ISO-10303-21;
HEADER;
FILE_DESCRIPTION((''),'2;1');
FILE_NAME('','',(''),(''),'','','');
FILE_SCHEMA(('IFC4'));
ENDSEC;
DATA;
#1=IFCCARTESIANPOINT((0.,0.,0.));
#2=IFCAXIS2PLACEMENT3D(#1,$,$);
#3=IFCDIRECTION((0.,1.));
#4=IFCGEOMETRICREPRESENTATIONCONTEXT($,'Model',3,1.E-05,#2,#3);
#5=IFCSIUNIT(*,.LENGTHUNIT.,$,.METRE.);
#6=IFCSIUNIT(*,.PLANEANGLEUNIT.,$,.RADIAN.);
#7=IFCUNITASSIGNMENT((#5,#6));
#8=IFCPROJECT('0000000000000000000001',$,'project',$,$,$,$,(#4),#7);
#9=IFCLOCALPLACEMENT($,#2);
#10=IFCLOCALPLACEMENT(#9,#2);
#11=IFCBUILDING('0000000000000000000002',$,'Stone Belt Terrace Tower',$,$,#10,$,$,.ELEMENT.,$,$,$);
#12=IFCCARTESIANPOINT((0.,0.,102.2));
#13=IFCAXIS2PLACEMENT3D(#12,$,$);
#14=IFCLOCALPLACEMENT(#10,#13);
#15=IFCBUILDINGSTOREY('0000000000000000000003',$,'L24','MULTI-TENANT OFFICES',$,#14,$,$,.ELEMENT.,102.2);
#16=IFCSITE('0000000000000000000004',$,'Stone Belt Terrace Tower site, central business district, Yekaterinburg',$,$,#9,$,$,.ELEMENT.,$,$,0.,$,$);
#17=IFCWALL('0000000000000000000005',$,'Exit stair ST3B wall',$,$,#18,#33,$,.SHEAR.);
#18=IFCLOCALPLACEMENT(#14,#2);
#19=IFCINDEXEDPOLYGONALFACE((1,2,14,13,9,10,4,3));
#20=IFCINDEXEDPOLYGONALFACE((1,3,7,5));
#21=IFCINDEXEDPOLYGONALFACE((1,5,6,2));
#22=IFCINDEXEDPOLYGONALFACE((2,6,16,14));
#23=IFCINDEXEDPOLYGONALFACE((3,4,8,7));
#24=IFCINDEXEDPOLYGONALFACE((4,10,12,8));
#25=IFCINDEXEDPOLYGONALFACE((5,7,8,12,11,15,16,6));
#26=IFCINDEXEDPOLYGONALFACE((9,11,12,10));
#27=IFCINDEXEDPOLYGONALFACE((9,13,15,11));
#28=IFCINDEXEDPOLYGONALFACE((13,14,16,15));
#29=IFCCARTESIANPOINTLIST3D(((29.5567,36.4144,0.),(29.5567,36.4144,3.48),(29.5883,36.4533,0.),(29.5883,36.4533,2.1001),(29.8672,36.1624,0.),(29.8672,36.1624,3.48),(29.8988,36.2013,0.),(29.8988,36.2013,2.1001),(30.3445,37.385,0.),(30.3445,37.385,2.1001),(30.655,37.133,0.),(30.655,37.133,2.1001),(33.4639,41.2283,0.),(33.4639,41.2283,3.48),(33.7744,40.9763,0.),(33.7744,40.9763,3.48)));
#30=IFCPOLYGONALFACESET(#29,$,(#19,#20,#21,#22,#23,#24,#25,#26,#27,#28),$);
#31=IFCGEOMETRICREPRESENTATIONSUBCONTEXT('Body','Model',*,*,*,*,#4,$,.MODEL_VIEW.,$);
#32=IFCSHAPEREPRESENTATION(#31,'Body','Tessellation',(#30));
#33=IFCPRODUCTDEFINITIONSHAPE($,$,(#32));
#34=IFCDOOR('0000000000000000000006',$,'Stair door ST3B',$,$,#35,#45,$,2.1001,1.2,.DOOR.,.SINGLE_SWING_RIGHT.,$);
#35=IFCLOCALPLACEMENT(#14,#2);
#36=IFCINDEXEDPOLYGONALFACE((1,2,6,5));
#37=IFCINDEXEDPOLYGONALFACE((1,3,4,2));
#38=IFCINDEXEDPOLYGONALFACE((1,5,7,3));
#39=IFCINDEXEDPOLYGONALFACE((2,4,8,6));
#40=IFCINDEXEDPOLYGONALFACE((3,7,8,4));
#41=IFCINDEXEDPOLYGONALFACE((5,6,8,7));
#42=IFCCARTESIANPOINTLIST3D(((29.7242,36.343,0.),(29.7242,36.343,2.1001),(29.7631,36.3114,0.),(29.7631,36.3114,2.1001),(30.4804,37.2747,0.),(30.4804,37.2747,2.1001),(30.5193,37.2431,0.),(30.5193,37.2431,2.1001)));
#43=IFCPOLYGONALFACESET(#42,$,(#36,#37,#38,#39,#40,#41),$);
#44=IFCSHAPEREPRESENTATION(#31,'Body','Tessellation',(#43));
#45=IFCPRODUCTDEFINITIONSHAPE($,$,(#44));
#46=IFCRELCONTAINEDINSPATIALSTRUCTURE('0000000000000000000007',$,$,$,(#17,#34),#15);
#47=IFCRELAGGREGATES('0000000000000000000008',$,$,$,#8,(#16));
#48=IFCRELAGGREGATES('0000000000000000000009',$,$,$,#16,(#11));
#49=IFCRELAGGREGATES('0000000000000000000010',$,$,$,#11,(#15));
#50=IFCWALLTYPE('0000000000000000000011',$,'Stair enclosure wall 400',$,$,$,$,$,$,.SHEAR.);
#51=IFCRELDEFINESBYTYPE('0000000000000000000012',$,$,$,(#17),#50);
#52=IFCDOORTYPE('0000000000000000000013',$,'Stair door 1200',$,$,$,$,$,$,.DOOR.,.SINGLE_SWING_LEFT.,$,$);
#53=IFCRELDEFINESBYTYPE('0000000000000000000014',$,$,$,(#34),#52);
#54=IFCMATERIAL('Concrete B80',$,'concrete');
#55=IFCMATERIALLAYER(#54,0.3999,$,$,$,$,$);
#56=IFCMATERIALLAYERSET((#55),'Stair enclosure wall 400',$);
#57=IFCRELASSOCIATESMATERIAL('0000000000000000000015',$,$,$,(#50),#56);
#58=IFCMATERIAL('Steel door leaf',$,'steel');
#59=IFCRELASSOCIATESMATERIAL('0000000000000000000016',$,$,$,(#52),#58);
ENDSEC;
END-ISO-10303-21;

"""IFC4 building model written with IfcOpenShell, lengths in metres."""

from ifc_helpers import new_model, si_unit, direction, frame, frame_2d, origin, place, context, subcontext, project, spatial, rectangle, extrude, material, layer, layer_set, type_object, element, fill, save


model = new_model("IFC4")

# Units and contexts
model_context = context("Model", 3, precision=1e-05, world=origin(), true_north=direction((0.0, 1.0)))
body_context = subcontext(model_context, "Body", "Model", "MODEL_VIEW")
ifc_project = project(units=[si_unit("LENGTHUNIT", "METRE"), si_unit("PLANEANGLEUNIT", "RADIAN")], contexts=[model_context])

# Site, building, storey
site_placement = place(None, origin())
site = spatial("IfcSite", under=ifc_project, at=site_placement, Name="Stone Belt Terrace Tower site, central business district, Yekaterinburg", CompositionType="ELEMENT", RefElevation=0.0)
building_placement = place(site_placement, origin())
building = spatial("IfcBuilding", under=site, at=building_placement, Name="Stone Belt Terrace Tower", CompositionType="ELEMENT")
storey_placement = place(building_placement, frame((0.0, 0.0, 102.2)))
storey = spatial("IfcBuildingStorey", under=building, at=storey_placement, Name="L24", Description="MULTI-TENANT OFFICES", CompositionType="ELEMENT", Elevation=102.2)

# Shared definitions
ifc_material_1 = material(Name="Concrete B80", Category="concrete")

# Shared definitions
ifc_layer_1 = layer(ifc_material_1, 0.3999)
ifc_layer_set_1 = layer_set([ifc_layer_1], Name="Stair enclosure wall 400")
wall_type_1 = type_object("IfcWallType", Name="Stair enclosure wall 400", PredefinedType="SHEAR", material=ifc_layer_set_1)
ifc_material_2 = material(Name="Steel door leaf", Category="steel")

# Wall, opening, door
wall_1_placement = place(storey_placement, frame((29.7119, 36.2883, 0.0), z_axis=(0.0, 0.0, 1.0), x_axis=(0.630192, 0.776439, 0.0)))
wall_1 = element("IfcWall", 1, at=wall_1_placement, inside=storey, type_object=wall_type_1, Name="Exit stair ST3B wall", PredefinedType="SHEAR", context=body_context, shape_type="SweptSolid", body=[
    extrude(rectangle(XDim=6.2, YDim=0.3999, at=frame_2d((3.1001, 0.0))), origin(), (0.0, 0.0, 1.0), 3.48),
])
opening_1_placement = place(wall_1_placement, frame((0.05, 0.0, 0.0)))
opening_1 = element("IfcOpeningElement", 2, at=opening_1_placement, cuts=wall_1, PredefinedType="OPENING", context=body_context, shape_type="SweptSolid", body=[
    extrude(rectangle(XDim=1.2, YDim=2.1001, at=frame_2d((0.6001, 1.05))), frame((0.0, 0.21, 0.0), z_axis=(0.0, -1.0, 0.0), x_axis=(1.0, 0.0, 0.0)), (0.0, 0.0, 1.0), 0.4199),
])
door_type_1 = type_object("IfcDoorType", Name="Stair door 1200", OperationType="SINGLE_SWING_LEFT", PredefinedType="DOOR", material=ifc_material_2)
door_1_placement = place(opening_1_placement, origin())
door_1 = element("IfcDoor", 3, at=door_1_placement, inside=storey, type_object=door_type_1, Name="Stair door ST3B", OperationType="SINGLE_SWING_RIGHT", OverallHeight=2.1001, OverallWidth=1.2, PredefinedType="DOOR", context=body_context, shape_type="SweptSolid", body=[
    extrude(rectangle(XDim=1.2, YDim=2.1001, at=frame_2d((0.6001, 1.05))), frame((0.0, 0.0249, 0.0), z_axis=(0.0, -1.0, 0.0), x_axis=(1.0, 0.0, 0.0)), (0.0, 0.0, 1.0), 0.05),
])
fill(opening_1, door_1)

save(model, "model.ifc")
